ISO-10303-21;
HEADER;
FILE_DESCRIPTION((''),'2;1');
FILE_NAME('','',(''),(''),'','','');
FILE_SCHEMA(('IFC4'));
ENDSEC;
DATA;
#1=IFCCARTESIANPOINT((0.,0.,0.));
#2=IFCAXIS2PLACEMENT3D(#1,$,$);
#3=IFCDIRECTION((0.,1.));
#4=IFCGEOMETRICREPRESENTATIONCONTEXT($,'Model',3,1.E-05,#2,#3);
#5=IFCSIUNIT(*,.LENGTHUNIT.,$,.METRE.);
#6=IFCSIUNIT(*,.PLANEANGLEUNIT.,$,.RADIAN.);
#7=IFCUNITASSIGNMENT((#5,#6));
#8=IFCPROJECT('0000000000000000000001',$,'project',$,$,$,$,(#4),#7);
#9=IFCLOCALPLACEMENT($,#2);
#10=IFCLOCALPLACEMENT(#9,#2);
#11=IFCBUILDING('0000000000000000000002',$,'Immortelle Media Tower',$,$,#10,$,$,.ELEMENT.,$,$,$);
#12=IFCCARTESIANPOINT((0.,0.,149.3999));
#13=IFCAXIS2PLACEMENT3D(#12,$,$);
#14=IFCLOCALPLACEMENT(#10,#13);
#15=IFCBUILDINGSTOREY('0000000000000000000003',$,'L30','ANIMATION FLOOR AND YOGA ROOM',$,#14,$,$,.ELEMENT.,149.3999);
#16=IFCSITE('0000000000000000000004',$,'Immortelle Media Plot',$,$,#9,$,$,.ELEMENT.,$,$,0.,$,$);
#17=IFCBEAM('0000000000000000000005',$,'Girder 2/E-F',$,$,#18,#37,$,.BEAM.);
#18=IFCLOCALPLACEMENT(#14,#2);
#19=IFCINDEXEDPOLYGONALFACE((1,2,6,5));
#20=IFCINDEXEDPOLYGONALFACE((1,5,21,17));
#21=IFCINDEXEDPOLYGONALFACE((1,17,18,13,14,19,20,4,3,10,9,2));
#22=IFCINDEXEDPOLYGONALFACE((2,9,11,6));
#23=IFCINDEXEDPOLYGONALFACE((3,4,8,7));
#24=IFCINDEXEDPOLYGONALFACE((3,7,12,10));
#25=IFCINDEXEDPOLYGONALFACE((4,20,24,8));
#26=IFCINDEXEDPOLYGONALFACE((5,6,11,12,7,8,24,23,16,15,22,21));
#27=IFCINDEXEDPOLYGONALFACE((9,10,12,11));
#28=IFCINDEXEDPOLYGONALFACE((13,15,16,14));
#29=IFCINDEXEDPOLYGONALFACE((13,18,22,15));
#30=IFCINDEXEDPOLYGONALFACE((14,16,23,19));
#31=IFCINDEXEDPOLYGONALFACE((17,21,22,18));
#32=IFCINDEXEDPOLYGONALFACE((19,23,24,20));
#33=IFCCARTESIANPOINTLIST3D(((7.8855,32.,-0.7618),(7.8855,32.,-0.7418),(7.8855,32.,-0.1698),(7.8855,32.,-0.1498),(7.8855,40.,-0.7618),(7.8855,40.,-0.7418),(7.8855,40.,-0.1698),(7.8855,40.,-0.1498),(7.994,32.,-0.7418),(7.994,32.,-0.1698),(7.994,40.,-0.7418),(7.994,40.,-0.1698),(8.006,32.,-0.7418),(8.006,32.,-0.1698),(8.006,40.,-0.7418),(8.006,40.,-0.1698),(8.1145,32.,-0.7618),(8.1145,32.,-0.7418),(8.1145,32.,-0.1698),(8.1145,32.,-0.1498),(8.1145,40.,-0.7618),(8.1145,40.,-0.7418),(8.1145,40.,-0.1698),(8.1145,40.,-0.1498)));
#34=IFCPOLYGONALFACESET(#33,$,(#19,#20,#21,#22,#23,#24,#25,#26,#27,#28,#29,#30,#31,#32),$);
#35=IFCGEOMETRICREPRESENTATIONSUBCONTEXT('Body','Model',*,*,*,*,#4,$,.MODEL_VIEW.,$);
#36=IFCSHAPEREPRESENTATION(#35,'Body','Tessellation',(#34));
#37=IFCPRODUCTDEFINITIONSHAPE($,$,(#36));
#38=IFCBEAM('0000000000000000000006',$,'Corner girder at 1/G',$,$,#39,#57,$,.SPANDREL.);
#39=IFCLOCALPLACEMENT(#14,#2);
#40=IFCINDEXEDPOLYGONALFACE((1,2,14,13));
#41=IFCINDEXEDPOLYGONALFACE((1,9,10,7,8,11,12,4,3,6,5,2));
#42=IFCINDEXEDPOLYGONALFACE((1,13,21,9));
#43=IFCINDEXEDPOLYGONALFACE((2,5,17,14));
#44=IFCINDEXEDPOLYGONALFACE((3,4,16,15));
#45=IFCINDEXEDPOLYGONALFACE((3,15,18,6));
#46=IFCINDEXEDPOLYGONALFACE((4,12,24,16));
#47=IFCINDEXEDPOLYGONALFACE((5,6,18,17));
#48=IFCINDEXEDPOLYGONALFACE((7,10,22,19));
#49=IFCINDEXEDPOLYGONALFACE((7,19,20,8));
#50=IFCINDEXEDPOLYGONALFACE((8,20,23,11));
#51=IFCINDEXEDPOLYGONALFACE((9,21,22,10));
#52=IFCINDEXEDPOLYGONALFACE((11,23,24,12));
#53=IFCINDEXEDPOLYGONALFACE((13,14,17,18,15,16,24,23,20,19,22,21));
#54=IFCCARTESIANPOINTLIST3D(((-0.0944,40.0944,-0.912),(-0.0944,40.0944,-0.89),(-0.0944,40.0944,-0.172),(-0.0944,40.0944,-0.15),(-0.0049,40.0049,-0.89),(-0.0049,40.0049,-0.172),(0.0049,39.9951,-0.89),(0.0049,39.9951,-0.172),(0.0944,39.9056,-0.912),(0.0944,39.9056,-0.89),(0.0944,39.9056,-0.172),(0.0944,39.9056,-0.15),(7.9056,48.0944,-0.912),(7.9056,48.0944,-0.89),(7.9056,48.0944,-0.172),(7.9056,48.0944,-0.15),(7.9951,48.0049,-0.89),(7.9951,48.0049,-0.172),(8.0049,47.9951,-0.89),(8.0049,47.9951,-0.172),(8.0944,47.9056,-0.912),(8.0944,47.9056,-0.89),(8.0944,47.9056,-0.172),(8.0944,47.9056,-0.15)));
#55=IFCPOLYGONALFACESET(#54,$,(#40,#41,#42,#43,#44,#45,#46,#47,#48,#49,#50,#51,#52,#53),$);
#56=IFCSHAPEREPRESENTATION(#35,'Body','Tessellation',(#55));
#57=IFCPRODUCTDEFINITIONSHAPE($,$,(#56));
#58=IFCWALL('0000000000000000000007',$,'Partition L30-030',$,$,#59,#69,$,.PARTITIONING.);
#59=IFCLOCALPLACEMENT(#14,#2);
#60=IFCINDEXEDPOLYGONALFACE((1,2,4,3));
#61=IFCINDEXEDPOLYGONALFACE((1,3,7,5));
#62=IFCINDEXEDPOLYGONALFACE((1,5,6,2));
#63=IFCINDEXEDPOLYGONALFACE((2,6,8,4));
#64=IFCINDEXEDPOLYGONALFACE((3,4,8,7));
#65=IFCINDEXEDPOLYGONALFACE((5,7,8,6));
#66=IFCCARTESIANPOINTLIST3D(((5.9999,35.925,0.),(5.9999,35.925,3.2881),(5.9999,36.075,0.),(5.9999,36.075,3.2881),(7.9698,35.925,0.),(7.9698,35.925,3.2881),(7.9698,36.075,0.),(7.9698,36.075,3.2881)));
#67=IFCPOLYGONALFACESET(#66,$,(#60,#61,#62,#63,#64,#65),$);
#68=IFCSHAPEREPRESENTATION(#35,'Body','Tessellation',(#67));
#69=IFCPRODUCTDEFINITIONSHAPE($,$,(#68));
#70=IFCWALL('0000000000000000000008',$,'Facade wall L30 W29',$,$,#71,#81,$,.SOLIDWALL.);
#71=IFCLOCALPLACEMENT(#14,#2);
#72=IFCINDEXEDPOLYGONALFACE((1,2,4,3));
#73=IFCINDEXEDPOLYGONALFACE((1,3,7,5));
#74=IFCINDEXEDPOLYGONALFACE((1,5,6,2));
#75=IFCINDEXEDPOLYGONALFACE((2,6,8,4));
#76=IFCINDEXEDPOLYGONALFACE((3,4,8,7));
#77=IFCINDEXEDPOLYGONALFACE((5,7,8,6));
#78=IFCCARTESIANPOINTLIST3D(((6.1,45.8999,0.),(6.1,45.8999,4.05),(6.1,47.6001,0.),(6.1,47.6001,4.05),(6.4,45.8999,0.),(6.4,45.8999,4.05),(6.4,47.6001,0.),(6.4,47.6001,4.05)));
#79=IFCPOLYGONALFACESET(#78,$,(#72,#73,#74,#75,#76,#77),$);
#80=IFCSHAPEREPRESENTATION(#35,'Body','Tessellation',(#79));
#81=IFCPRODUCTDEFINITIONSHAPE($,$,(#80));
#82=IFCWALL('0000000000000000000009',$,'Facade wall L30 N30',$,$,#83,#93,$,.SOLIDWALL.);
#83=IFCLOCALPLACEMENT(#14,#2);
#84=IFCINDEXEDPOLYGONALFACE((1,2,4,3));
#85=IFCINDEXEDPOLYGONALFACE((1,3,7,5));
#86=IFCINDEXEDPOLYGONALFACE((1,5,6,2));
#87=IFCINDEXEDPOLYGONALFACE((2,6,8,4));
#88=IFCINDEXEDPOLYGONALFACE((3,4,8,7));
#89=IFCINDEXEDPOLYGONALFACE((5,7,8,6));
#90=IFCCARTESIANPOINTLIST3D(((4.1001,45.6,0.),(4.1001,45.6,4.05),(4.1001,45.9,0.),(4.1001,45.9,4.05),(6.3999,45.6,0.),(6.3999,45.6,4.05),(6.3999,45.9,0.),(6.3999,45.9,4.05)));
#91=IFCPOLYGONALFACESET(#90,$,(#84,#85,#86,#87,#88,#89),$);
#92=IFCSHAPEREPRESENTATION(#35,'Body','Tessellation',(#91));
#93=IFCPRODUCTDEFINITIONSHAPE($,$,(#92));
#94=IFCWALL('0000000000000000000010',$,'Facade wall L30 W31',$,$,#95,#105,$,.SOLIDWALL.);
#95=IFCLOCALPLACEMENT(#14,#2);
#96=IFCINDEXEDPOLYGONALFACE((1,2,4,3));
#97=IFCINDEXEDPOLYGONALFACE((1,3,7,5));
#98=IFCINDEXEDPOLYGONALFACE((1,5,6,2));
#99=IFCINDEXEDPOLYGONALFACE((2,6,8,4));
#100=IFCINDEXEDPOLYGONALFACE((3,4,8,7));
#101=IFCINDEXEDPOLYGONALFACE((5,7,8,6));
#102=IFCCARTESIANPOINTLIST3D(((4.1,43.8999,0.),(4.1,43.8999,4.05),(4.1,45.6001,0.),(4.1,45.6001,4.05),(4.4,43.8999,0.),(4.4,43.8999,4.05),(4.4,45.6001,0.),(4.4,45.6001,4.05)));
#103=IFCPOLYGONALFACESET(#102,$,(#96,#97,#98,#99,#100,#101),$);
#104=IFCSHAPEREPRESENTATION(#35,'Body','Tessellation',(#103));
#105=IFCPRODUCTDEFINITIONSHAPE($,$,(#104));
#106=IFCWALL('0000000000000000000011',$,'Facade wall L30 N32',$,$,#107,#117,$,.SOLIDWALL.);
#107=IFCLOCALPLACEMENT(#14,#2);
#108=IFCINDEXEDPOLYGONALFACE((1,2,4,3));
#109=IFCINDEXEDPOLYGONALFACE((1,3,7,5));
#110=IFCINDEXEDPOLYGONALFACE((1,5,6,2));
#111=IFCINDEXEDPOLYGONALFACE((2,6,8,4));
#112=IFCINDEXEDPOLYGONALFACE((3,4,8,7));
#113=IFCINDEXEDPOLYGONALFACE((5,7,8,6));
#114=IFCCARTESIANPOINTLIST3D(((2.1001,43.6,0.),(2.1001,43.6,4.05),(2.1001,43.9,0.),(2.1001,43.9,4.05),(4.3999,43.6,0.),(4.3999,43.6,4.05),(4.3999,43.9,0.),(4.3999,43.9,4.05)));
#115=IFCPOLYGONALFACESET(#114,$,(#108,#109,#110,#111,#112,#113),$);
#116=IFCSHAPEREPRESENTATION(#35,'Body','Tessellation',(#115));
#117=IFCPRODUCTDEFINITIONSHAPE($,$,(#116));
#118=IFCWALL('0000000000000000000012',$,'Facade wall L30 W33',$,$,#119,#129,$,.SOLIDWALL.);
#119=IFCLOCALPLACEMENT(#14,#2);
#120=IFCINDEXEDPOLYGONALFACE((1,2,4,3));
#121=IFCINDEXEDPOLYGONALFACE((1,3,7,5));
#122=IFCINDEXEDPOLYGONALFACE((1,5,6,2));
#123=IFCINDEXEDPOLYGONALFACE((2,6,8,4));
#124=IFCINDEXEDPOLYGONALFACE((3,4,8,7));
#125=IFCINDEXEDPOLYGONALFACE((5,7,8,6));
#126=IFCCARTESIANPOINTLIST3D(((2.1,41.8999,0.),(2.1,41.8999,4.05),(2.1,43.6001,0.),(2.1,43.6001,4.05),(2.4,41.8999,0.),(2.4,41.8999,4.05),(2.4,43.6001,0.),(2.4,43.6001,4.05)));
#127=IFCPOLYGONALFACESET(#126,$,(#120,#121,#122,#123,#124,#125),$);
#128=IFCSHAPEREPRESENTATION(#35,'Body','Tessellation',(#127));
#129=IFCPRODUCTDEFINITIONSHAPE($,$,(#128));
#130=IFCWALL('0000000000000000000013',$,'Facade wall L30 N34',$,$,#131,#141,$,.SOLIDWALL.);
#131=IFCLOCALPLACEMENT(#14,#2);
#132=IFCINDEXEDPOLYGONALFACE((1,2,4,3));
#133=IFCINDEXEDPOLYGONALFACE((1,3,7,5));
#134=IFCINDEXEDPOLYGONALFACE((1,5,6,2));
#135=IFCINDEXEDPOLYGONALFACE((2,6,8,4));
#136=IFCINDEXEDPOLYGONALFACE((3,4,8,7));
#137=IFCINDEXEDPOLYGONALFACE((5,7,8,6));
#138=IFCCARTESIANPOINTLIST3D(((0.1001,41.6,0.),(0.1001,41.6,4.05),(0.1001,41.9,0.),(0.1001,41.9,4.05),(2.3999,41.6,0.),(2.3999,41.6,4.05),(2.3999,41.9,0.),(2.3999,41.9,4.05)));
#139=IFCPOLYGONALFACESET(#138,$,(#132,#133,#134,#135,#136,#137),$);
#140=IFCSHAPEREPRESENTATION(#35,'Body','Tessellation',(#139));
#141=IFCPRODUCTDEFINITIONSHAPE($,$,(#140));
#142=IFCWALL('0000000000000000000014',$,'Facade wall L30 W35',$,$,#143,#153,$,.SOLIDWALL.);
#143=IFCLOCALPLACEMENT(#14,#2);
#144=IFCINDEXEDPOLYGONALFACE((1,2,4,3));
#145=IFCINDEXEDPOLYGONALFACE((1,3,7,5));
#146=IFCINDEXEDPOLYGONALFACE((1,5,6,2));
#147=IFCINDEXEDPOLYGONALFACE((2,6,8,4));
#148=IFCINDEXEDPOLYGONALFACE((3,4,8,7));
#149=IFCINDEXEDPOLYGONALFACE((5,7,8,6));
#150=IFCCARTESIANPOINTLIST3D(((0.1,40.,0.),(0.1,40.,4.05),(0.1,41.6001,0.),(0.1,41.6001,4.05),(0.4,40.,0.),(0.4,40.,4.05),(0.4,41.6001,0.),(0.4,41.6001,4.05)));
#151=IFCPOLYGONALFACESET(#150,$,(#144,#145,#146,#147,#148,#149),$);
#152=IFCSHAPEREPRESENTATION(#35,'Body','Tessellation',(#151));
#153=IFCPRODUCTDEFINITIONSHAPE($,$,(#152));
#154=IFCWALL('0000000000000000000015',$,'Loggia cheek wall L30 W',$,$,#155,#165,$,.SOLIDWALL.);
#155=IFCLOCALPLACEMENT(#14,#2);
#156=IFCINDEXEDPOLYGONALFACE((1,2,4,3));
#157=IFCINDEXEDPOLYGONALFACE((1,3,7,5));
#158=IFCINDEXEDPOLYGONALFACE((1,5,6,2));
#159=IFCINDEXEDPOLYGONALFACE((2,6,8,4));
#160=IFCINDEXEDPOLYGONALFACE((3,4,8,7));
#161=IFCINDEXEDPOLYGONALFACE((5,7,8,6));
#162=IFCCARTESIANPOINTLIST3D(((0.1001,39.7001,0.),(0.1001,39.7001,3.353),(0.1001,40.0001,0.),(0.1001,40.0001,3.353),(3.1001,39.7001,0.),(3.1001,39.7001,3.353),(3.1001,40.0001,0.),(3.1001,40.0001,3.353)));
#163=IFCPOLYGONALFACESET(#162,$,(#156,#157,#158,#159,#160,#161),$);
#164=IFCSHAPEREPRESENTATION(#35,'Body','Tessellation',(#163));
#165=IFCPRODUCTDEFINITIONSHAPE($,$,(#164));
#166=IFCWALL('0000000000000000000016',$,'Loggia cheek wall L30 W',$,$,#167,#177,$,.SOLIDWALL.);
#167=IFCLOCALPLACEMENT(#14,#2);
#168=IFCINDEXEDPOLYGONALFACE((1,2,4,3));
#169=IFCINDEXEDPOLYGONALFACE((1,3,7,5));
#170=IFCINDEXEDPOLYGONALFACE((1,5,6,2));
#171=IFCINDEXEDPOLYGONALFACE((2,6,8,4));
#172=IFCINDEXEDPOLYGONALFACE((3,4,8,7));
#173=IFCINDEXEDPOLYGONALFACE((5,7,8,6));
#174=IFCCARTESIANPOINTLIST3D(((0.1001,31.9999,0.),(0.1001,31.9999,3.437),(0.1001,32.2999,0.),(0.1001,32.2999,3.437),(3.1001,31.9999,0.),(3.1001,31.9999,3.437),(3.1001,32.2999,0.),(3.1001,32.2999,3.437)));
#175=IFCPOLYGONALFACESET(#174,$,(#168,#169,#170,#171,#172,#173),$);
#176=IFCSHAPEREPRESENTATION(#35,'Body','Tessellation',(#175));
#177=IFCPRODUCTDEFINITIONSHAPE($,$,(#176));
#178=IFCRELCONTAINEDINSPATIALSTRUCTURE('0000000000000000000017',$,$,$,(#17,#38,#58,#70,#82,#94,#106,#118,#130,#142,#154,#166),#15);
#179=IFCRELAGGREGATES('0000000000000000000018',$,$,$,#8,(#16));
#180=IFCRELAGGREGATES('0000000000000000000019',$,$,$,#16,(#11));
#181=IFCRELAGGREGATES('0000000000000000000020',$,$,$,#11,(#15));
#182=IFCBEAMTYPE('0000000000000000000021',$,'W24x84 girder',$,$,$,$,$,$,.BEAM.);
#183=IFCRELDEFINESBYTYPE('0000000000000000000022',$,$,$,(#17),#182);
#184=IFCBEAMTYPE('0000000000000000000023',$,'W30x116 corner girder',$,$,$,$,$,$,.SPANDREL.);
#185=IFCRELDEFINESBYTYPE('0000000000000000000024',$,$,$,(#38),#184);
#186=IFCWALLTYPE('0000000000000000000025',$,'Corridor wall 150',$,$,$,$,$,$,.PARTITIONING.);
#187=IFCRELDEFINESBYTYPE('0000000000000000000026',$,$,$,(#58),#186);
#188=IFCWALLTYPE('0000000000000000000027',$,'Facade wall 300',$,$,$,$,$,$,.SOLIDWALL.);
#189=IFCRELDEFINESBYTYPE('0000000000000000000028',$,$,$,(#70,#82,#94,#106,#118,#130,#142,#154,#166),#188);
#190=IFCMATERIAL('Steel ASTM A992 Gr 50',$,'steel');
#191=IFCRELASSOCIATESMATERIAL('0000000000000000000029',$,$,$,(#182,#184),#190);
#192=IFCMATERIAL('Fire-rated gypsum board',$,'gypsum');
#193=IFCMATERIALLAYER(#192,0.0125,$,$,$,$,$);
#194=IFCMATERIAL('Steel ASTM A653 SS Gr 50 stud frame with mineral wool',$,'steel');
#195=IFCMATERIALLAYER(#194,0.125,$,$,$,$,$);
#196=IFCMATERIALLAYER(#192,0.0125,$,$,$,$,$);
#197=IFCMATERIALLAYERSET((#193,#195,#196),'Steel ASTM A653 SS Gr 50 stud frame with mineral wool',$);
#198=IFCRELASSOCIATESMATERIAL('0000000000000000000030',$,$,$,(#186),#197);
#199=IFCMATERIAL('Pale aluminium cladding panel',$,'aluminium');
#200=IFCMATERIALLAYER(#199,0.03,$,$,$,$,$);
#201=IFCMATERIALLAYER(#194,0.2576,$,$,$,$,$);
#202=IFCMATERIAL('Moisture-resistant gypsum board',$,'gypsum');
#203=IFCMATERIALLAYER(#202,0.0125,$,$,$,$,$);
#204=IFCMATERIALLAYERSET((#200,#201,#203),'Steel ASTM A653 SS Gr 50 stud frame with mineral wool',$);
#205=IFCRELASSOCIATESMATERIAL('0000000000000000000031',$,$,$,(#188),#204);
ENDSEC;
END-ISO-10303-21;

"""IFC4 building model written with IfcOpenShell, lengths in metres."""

from ifc_helpers import new_model, si_unit, direction, frame, frame_2d, origin, origin_2d, place, context, subcontext, project, spatial, rectangle, i_section, extrude, material, layer, layer_set, material_profile, profile_set, type_object, element, save


model = new_model("IFC4")

# Units and contexts
model_context = context("Model", 3, precision=1e-05, world=origin(), true_north=direction((0.0, 1.0)))
body_context = subcontext(model_context, "Body", "Model", "MODEL_VIEW")
ifc_project = project(units=[si_unit("LENGTHUNIT", "METRE"), si_unit("PLANEANGLEUNIT", "RADIAN")], contexts=[model_context])

# Site, building, storey
site_placement = place(None, origin())
site = spatial("IfcSite", under=ifc_project, at=site_placement, Name="Immortelle Media Plot", CompositionType="ELEMENT", RefElevation=0.0)
building_placement = place(site_placement, origin())
building = spatial("IfcBuilding", under=site, at=building_placement, Name="Immortelle Media Tower", CompositionType="ELEMENT")
storey_placement = place(building_placement, frame((0.0, 0.0, 149.3999)))
storey = spatial("IfcBuildingStorey", under=building, at=storey_placement, Name="L30", Description="ANIMATION FLOOR AND YOGA ROOM", CompositionType="ELEMENT", Elevation=149.3999)

# Shared definitions
ifc_material_1 = material(Name="Steel ASTM A992 Gr 50", Category="steel")

# Beams
ifc_material_profile_1 = material_profile(ifc_material_1, i_section(OverallWidth=0.229, OverallDepth=0.6121, WebThickness=0.012, FlangeThickness=0.02, at=origin_2d()), Name="W24x84")
ifc_profile_set_1 = profile_set([ifc_material_profile_1], Name="Steel ASTM A992 Gr 50")
beam_type_1 = type_object("IfcBeamType", Name="W24x84 girder", PredefinedType="BEAM", material=ifc_profile_set_1)
for number, where, z_axis, x_axis, name in (
    (1, (8.0, 32.0, -0.4558), (0.0, 1.0, 0.0), (-1.0, 0.0, 0.0), "Girder 2/E-F"),
):
    element("IfcBeam", number, at=place(storey_placement, frame(where, z_axis=z_axis, x_axis=x_axis)), inside=storey, type_object=beam_type_1, Name=name, PredefinedType="BEAM", context=body_context, shape_type="SweptSolid", body=[
        extrude(i_section(OverallWidth=0.229, OverallDepth=0.6121, WebThickness=0.012, FlangeThickness=0.02, at=origin_2d()), origin(), (0.0, 0.0, 1.0), 8.0),
    ])
ifc_material_profile_2 = material_profile(ifc_material_1, i_section(OverallWidth=0.2671, OverallDepth=0.762, WebThickness=0.0139, FlangeThickness=0.022, at=origin_2d()), Name="W30x116")
ifc_profile_set_2 = profile_set([ifc_material_profile_2], Name="Steel ASTM A992 Gr 50")
beam_type_2 = type_object("IfcBeamType", Name="W30x116 corner girder", PredefinedType="SPANDREL", material=ifc_profile_set_2)
beam_1_placement = place(storey_placement, frame((0.0, 40.0, -0.531), z_axis=(0.707107, 0.707107, 0.0), x_axis=(-0.707107, 0.707107, 0.0)))
element("IfcBeam", 2, at=beam_1_placement, inside=storey, type_object=beam_type_2, Name="Corner girder at 1/G", PredefinedType="SPANDREL", context=body_context, shape_type="SweptSolid", body=[
    extrude(i_section(OverallWidth=0.2671, OverallDepth=0.762, WebThickness=0.0139, FlangeThickness=0.022, at=origin_2d()), origin(), (0.0, 0.0, 1.0), 11.3137),
])

# Walls
ifc_material_2 = material(Name="Fire-rated gypsum board", Category="gypsum")
ifc_layer_1 = layer(ifc_material_2, 0.0125)
ifc_material_3 = material(Name="Steel ASTM A653 SS Gr 50 stud frame with mineral wool", Category="steel")
ifc_layer_2 = layer(ifc_material_3, 0.125)
ifc_layer_3 = layer(ifc_material_2, 0.0125)
ifc_layer_set_1 = layer_set([ifc_layer_1, ifc_layer_2, ifc_layer_3], Name="Steel ASTM A653 SS Gr 50 stud frame with mineral wool")
wall_type_1 = type_object("IfcWallType", Name="Corridor wall 150", PredefinedType="PARTITIONING", material=ifc_layer_set_1)
wall_1_placement = place(storey_placement, frame((6.0, 36.0, 0.0), z_axis=(0.0, 0.0, 1.0), x_axis=(1.0, 0.0, 0.0)))
element("IfcWall", 3, at=wall_1_placement, inside=storey, type_object=wall_type_1, Name="Partition L30-030", PredefinedType="PARTITIONING", context=body_context, shape_type="SweptSolid", body=[
    extrude(rectangle(XDim=1.97, YDim=0.1499, at=frame_2d((0.9849, 0.0))), origin(), (0.0, 0.0, 1.0), 3.2881),
])
ifc_material_4 = material(Name="Pale aluminium cladding panel", Category="aluminium")
ifc_layer_4 = layer(ifc_material_4, 0.03)
ifc_layer_5 = layer(ifc_material_3, 0.2576)
ifc_material_5 = material(Name="Moisture-resistant gypsum board", Category="gypsum")
ifc_layer_6 = layer(ifc_material_5, 0.0125)
ifc_layer_set_2 = layer_set([ifc_layer_4, ifc_layer_5, ifc_layer_6], Name="Steel ASTM A653 SS Gr 50 stud frame with mineral wool")
wall_type_2 = type_object("IfcWallType", Name="Facade wall 300", PredefinedType="SOLIDWALL", material=ifc_layer_set_2)
wall_2_placement = place(storey_placement, frame((6.25, 47.6001, 0.0), z_axis=(0.0, 0.0, 1.0), x_axis=(0.0, -1.0, 0.0)))
element("IfcWall", 4, at=wall_2_placement, inside=storey, type_object=wall_type_2, Name="Facade wall L30 W29", PredefinedType="SOLIDWALL", context=body_context, shape_type="SweptSolid", body=[
    extrude(rectangle(XDim=1.7002, YDim=0.3, at=frame_2d((0.8501, 0.0))), origin(), (0.0, 0.0, 1.0), 4.05),
])
wall_3_placement = place(storey_placement, frame((6.3999, 45.75, 0.0), z_axis=(0.0, 0.0, 1.0), x_axis=(-1.0, 0.0, 0.0)))
element("IfcWall", 5, at=wall_3_placement, inside=storey, type_object=wall_type_2, Name="Facade wall L30 N30", PredefinedType="SOLIDWALL", context=body_context, shape_type="SweptSolid", body=[
    extrude(rectangle(XDim=2.2998, YDim=0.3, at=frame_2d((1.1499, 0.0))), origin(), (0.0, 0.0, 1.0), 4.05),
])
wall_4_placement = place(storey_placement, frame((4.25, 45.6001, 0.0), z_axis=(0.0, 0.0, 1.0), x_axis=(0.0, -1.0, 0.0)))
element("IfcWall", 6, at=wall_4_placement, inside=storey, type_object=wall_type_2, Name="Facade wall L30 W31", PredefinedType="SOLIDWALL", context=body_context, shape_type="SweptSolid", body=[
    extrude(rectangle(XDim=1.7002, YDim=0.3, at=frame_2d((0.8501, 0.0))), origin(), (0.0, 0.0, 1.0), 4.05),
])
wall_5_placement = place(storey_placement, frame((4.3999, 43.75, 0.0), z_axis=(0.0, 0.0, 1.0), x_axis=(-1.0, 0.0, 0.0)))
element("IfcWall", 7, at=wall_5_placement, inside=storey, type_object=wall_type_2, Name="Facade wall L30 N32", PredefinedType="SOLIDWALL", context=body_context, shape_type="SweptSolid", body=[
    extrude(rectangle(XDim=2.2998, YDim=0.3, at=frame_2d((1.1499, 0.0))), origin(), (0.0, 0.0, 1.0), 4.05),
])
wall_6_placement = place(storey_placement, frame((2.25, 43.6001, 0.0), z_axis=(0.0, 0.0, 1.0), x_axis=(0.0, -1.0, 0.0)))
element("IfcWall", 8, at=wall_6_placement, inside=storey, type_object=wall_type_2, Name="Facade wall L30 W33", PredefinedType="SOLIDWALL", context=body_context, shape_type="SweptSolid", body=[
    extrude(rectangle(XDim=1.7002, YDim=0.3, at=frame_2d((0.8501, 0.0))), origin(), (0.0, 0.0, 1.0), 4.05),
])
wall_7_placement = place(storey_placement, frame((2.3999, 41.75, 0.0), z_axis=(0.0, 0.0, 1.0), x_axis=(-1.0, 0.0, 0.0)))
element("IfcWall", 9, at=wall_7_placement, inside=storey, type_object=wall_type_2, Name="Facade wall L30 N34", PredefinedType="SOLIDWALL", context=body_context, shape_type="SweptSolid", body=[
    extrude(rectangle(XDim=2.2998, YDim=0.3, at=frame_2d((1.1499, 0.0))), origin(), (0.0, 0.0, 1.0), 4.05),
])
wall_8_placement = place(storey_placement, frame((0.25, 41.6001, 0.0), z_axis=(0.0, 0.0, 1.0), x_axis=(0.0, -1.0, 0.0)))
element("IfcWall", 10, at=wall_8_placement, inside=storey, type_object=wall_type_2, Name="Facade wall L30 W35", PredefinedType="SOLIDWALL", context=body_context, shape_type="SweptSolid", body=[
    extrude(rectangle(XDim=1.6001, YDim=0.3, at=frame_2d((0.8, 0.0))), origin(), (0.0, 0.0, 1.0), 4.05),
])

# Walls
wall_9_placement = place(storey_placement, frame((0.1001, 39.8501, 0.0), z_axis=(0.0, 0.0, 1.0), x_axis=(1.0, 0.0, 0.0)))
element("IfcWall", 11, at=wall_9_placement, inside=storey, type_object=wall_type_2, Name="Loggia cheek wall L30 W", PredefinedType="SOLIDWALL", context=body_context, shape_type="SweptSolid", body=[
    extrude(rectangle(XDim=3.0, YDim=0.3, at=frame_2d((1.5, 0.0))), origin(), (0.0, 0.0, 1.0), 3.353),
])
wall_10_placement = place(storey_placement, frame((0.1001, 32.1499, 0.0), z_axis=(0.0, 0.0, 1.0), x_axis=(1.0, 0.0, 0.0)))
element("IfcWall", 12, at=wall_10_placement, inside=storey, type_object=wall_type_2, Name="Loggia cheek wall L30 W", PredefinedType="SOLIDWALL", context=body_context, shape_type="SweptSolid", body=[
    extrude(rectangle(XDim=3.0, YDim=0.3, at=frame_2d((1.5, 0.0))), origin(), (0.0, 0.0, 1.0), 3.437),
])

save(model, "model.ifc")
